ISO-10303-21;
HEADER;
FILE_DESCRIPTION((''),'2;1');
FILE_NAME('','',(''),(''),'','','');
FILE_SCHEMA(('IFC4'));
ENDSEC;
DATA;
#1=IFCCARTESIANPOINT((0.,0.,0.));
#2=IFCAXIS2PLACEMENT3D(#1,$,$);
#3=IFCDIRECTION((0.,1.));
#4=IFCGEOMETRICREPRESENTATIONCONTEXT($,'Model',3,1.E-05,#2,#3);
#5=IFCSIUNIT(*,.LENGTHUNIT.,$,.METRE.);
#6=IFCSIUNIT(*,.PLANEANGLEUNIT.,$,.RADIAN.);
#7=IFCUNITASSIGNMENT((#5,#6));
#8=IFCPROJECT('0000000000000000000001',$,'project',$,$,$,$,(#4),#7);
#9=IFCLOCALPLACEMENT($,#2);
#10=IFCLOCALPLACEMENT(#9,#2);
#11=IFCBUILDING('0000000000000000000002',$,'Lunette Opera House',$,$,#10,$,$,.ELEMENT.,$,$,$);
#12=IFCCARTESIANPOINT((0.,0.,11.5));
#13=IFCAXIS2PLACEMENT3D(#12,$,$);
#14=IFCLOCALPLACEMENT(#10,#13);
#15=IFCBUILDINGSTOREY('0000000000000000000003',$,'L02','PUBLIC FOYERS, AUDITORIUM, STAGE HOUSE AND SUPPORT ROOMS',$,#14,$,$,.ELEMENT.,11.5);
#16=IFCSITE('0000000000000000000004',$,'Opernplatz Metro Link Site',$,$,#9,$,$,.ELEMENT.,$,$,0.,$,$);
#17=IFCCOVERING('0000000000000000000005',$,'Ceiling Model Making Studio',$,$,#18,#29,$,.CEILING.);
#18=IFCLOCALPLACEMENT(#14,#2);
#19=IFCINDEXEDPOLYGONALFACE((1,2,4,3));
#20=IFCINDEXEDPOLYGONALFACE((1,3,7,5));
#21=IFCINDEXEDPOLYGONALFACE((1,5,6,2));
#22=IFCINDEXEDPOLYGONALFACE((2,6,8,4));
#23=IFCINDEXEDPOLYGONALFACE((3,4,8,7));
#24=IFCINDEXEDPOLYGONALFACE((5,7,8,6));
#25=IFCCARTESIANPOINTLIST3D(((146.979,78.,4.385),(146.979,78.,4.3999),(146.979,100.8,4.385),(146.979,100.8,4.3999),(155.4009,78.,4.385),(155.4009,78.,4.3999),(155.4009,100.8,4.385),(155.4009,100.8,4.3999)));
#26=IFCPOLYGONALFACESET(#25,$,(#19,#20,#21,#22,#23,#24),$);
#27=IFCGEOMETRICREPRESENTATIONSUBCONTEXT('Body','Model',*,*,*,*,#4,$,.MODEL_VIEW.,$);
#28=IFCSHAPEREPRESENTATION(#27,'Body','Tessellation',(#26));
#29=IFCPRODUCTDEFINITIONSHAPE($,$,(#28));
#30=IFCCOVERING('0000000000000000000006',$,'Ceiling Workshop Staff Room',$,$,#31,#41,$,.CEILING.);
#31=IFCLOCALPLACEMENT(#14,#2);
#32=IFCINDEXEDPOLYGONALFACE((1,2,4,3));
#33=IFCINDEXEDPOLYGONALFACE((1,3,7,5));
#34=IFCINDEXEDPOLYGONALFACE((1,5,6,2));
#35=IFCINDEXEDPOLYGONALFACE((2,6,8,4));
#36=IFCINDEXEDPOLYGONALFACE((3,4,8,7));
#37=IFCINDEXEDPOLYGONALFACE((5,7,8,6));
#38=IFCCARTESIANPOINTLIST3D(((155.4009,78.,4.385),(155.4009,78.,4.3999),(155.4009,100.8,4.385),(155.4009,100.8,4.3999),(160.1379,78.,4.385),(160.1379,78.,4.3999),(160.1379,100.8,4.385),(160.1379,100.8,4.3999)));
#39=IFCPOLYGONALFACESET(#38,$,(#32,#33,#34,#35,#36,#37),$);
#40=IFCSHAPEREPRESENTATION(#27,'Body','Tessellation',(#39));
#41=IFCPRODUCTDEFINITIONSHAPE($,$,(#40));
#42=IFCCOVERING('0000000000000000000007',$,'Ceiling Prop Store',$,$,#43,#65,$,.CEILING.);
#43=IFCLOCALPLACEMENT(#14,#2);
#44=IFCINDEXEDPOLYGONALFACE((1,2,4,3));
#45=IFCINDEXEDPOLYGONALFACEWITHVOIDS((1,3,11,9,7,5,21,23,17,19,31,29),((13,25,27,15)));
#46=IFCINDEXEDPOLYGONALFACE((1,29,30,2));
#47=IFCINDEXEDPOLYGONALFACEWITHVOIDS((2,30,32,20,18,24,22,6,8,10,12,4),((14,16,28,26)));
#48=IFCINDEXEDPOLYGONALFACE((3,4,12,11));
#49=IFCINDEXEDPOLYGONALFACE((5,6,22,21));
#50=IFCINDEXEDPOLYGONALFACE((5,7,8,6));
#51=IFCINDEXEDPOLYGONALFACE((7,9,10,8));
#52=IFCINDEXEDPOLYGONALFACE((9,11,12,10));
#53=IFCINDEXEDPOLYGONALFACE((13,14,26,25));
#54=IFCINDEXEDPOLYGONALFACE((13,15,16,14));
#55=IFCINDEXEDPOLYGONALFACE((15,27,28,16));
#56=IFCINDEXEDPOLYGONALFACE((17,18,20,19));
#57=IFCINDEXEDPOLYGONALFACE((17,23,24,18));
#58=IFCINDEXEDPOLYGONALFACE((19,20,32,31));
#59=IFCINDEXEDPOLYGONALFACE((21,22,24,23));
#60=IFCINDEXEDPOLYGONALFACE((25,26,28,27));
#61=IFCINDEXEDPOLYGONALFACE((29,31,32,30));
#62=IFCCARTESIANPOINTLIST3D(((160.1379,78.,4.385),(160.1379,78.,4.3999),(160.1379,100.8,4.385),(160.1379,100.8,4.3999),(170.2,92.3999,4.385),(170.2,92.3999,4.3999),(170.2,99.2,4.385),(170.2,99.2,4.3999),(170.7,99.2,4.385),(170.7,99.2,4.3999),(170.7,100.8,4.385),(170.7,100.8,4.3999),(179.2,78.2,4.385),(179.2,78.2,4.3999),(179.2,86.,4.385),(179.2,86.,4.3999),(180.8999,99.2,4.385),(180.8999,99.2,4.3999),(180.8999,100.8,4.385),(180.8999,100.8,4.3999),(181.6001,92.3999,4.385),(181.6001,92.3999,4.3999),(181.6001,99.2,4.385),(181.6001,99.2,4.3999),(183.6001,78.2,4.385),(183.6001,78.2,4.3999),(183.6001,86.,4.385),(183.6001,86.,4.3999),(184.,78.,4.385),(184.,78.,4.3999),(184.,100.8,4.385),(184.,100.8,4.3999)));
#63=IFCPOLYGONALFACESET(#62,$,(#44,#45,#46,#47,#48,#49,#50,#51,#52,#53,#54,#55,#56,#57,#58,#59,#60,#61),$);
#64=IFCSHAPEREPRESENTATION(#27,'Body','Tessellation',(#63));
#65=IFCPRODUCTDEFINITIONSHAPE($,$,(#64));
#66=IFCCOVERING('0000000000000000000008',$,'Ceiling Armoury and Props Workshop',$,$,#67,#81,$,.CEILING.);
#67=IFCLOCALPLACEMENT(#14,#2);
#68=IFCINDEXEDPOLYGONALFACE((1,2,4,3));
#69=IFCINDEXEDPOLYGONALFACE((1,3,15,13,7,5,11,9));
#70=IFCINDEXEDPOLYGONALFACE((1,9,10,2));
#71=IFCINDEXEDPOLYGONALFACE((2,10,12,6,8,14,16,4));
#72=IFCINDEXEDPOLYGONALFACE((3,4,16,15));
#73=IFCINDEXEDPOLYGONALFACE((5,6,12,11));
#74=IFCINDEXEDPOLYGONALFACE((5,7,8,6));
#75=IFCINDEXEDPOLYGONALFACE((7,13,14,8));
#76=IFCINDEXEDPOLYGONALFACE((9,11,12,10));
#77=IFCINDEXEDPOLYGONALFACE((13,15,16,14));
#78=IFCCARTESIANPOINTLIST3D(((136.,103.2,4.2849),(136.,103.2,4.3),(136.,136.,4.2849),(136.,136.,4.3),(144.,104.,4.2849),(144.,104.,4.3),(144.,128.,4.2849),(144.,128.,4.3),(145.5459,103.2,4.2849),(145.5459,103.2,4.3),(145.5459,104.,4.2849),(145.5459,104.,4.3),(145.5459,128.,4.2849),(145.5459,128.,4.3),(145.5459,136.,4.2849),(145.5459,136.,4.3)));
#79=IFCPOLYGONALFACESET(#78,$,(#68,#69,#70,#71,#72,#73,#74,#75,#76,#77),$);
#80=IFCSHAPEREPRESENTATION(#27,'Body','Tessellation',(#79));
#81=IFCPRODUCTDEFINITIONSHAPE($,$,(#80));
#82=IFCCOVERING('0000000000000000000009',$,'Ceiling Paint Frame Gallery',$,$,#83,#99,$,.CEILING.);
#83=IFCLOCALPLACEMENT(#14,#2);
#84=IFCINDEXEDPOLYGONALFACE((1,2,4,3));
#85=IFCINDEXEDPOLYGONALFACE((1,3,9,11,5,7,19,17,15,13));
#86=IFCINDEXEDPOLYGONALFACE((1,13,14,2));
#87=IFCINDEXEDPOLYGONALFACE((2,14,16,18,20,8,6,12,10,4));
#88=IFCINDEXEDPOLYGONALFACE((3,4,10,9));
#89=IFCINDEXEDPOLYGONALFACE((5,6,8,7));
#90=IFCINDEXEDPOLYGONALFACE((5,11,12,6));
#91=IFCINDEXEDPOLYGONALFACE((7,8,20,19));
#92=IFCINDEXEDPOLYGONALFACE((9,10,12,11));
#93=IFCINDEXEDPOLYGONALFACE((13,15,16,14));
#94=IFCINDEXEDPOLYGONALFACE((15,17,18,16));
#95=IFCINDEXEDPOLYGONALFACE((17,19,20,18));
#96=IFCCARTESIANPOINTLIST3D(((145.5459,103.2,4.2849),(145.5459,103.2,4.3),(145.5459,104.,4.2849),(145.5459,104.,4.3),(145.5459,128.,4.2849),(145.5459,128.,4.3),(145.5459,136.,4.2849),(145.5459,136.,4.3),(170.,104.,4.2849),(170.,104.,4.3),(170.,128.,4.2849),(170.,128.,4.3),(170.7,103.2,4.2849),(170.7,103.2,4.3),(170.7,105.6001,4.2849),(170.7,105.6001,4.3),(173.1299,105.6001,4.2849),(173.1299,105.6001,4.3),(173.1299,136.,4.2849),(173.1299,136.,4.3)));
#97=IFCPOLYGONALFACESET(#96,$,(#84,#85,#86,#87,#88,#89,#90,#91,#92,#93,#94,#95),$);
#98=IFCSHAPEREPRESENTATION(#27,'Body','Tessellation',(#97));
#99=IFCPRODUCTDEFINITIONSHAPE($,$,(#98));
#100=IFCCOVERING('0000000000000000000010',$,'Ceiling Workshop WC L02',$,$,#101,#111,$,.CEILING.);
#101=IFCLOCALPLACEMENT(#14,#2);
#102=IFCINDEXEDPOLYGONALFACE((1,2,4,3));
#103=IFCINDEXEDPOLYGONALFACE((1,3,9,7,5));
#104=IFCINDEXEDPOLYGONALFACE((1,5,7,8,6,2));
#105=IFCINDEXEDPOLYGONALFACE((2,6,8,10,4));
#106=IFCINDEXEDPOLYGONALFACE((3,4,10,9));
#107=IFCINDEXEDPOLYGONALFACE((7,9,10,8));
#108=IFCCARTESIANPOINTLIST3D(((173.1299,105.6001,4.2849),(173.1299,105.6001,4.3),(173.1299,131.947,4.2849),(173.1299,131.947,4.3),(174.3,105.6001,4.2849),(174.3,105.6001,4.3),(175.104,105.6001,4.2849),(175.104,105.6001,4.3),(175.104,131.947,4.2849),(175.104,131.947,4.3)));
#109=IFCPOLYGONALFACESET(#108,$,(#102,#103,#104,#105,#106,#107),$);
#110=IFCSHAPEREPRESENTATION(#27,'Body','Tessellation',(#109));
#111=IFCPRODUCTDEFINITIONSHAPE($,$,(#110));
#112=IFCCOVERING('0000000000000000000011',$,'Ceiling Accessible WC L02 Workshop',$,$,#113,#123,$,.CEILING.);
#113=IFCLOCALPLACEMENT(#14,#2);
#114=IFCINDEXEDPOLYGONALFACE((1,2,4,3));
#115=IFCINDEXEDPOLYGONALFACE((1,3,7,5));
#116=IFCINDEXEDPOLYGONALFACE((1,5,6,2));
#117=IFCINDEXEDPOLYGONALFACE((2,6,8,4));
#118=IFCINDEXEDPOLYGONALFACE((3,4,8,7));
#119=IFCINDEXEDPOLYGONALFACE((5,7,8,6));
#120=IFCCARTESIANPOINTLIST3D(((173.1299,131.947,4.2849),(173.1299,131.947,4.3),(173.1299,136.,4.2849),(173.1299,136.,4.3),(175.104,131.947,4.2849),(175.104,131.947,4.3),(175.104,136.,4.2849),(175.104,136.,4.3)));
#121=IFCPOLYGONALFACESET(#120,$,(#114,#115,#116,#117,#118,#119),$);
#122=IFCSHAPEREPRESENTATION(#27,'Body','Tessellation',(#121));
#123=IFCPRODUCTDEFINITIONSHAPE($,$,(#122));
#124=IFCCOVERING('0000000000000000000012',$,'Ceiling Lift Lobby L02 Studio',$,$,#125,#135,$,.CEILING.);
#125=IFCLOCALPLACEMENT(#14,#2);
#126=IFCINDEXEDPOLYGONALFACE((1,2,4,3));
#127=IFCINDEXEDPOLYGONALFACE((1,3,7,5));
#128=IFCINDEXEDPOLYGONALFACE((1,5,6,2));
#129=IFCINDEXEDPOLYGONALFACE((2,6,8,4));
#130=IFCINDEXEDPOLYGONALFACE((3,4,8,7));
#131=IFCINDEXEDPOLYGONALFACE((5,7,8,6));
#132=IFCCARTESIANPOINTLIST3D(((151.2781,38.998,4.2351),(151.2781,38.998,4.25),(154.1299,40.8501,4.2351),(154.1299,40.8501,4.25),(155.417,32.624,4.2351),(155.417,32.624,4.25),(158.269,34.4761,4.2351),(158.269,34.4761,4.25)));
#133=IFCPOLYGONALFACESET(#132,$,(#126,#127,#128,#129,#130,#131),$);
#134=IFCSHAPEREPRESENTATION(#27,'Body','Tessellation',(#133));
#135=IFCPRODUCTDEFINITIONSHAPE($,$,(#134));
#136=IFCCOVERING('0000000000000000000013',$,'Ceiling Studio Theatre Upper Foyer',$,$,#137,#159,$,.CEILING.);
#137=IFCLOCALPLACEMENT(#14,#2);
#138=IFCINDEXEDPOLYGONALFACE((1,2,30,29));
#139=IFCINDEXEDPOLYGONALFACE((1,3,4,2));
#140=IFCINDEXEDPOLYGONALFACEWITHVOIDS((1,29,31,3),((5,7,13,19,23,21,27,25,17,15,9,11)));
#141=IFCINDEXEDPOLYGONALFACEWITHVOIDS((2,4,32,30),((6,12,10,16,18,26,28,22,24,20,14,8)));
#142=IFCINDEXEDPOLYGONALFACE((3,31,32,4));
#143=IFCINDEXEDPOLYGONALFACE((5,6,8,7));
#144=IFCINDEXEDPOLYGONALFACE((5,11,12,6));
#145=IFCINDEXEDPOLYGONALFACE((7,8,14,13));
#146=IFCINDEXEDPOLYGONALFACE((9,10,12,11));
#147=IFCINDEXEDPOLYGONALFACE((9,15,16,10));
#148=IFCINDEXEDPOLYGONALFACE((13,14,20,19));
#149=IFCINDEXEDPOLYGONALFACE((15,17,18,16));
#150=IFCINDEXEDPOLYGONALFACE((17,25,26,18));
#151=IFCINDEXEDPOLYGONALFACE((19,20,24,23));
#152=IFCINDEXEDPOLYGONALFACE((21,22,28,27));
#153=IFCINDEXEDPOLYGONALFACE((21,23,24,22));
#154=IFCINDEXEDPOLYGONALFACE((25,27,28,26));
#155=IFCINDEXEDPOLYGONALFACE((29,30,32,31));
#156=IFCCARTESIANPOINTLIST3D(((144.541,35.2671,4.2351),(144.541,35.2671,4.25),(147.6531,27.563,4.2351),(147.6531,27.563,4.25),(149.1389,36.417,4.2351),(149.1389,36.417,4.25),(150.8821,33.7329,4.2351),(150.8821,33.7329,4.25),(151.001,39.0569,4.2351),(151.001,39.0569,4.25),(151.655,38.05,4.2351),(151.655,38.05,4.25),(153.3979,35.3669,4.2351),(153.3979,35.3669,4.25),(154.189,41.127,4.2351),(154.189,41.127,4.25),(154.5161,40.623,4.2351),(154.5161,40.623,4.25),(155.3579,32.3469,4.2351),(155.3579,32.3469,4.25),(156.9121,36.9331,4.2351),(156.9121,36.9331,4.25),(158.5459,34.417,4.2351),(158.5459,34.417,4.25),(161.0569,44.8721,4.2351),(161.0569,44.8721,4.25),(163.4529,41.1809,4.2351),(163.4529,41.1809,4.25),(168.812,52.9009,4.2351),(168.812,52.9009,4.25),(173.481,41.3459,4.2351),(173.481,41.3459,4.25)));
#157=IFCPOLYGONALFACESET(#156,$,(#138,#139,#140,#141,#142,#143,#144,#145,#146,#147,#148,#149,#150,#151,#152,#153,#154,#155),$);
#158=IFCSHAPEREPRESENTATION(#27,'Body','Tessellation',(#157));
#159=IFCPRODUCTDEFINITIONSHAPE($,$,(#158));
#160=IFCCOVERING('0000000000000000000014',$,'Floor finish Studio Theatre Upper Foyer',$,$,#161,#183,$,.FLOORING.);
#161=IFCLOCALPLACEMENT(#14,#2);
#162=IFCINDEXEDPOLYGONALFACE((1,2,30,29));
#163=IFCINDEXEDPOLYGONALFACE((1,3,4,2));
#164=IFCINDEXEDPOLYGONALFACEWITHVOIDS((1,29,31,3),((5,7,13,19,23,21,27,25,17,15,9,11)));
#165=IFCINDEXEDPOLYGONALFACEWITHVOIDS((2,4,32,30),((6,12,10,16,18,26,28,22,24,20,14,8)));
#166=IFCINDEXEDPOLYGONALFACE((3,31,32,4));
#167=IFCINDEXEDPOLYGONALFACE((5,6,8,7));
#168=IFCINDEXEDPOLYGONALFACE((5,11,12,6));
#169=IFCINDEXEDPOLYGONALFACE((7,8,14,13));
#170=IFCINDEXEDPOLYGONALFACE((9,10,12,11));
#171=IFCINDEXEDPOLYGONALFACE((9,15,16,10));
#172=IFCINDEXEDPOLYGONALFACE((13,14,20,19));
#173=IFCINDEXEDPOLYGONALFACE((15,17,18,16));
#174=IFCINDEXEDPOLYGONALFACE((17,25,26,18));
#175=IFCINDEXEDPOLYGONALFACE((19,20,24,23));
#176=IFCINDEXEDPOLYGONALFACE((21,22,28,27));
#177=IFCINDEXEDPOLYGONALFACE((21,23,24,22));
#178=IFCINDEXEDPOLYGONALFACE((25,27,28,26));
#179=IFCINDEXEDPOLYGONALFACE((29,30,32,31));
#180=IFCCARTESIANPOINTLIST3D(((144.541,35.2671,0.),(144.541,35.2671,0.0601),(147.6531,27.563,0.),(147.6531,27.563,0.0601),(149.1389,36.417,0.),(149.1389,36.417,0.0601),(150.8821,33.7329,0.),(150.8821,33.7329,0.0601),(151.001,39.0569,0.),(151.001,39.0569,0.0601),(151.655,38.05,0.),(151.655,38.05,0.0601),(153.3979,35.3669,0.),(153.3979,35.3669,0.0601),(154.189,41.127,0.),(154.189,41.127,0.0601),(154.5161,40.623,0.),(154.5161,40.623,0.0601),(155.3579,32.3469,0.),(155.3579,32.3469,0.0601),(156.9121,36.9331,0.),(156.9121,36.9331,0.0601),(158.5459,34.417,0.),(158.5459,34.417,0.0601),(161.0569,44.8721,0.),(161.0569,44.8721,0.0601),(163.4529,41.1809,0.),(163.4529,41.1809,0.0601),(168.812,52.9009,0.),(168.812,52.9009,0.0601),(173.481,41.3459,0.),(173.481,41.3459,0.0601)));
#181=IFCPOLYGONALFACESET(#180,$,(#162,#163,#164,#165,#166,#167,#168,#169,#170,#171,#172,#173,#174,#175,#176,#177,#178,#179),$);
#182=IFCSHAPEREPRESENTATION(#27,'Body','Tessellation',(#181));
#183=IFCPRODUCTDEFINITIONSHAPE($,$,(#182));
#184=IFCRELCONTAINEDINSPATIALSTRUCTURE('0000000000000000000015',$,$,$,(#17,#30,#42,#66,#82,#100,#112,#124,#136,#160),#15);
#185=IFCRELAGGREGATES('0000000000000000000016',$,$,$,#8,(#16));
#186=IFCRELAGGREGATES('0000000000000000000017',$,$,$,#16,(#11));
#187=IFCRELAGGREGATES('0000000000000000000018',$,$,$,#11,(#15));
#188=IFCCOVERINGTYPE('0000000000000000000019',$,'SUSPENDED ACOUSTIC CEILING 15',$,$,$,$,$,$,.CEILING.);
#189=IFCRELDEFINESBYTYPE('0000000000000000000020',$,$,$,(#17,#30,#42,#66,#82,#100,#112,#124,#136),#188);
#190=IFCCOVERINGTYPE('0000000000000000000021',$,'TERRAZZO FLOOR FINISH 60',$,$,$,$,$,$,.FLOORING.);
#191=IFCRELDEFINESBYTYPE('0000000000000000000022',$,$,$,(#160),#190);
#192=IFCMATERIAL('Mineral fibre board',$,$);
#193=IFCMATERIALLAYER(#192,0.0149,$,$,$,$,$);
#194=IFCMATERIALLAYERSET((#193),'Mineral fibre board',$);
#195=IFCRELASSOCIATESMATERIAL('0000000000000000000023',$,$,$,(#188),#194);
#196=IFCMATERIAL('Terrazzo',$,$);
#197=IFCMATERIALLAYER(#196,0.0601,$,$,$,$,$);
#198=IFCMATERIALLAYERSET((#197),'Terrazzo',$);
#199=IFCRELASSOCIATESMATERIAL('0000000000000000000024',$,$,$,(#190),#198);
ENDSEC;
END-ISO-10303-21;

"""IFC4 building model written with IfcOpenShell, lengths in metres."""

from ifc_helpers import new_model, si_unit, direction, frame, origin, place, context, subcontext, project, spatial, polyline, outline, extrude, material, layer, layer_set, type_object, element, save


model = new_model("IFC4")

# Units and contexts
model_context = context("Model", 3, precision=1e-05, world=origin(), true_north=direction((0.0, 1.0)))
body_context = subcontext(model_context, "Body", "Model", "MODEL_VIEW")
ifc_project = project(units=[si_unit("LENGTHUNIT", "METRE"), si_unit("PLANEANGLEUNIT", "RADIAN")], contexts=[model_context])

# Site, building, storey
site_placement = place(None, origin())
site = spatial("IfcSite", under=ifc_project, at=site_placement, Name="Opernplatz Metro Link Site", CompositionType="ELEMENT", RefElevation=0.0)
building_placement = place(site_placement, origin())
building = spatial("IfcBuilding", under=site, at=building_placement, Name="Lunette Opera House", CompositionType="ELEMENT")
storey_placement = place(building_placement, frame((0.0, 0.0, 11.5)))
storey = spatial("IfcBuildingStorey", under=building, at=storey_placement, Name="L02", Description="PUBLIC FOYERS, AUDITORIUM, STAGE HOUSE AND SUPPORT ROOMS", CompositionType="ELEMENT", Elevation=11.5)

# Coverings
ifc_material_1 = material(Name="Mineral fibre board")
ifc_layer_1 = layer(ifc_material_1, 0.0149)
ifc_layer_set_1 = layer_set([ifc_layer_1], Name="Mineral fibre board")
covering_type_1 = type_object("IfcCoveringType", Name="SUSPENDED ACOUSTIC CEILING 15", PredefinedType="CEILING", material=ifc_layer_set_1)
covering_1_placement = place(storey_placement, frame((0.0, 0.0, 4.385)))
element("IfcCovering", 1, at=covering_1_placement, inside=storey, type_object=covering_type_1, Name="Ceiling Model Making Studio", PredefinedType="CEILING", context=body_context, shape_type="SweptSolid", body=[
    extrude(outline(polyline([(146.979, 78.0), (146.979, 100.8), (155.4009, 100.8), (155.4009, 78.0), (146.979, 78.0)])), origin(), (0.0, 0.0, 1.0), 0.0149),
])
covering_2_placement = place(storey_placement, frame((0.0, 0.0, 4.385)))
element("IfcCovering", 2, at=covering_2_placement, inside=storey, type_object=covering_type_1, Name="Ceiling Workshop Staff Room", PredefinedType="CEILING", context=body_context, shape_type="SweptSolid", body=[
    extrude(outline(polyline([(155.4009, 78.0), (155.4009, 100.8), (160.1379, 100.8), (160.1379, 78.0), (155.4009, 78.0)])), origin(), (0.0, 0.0, 1.0), 0.0149),
])
covering_3_placement = place(storey_placement, frame((0.0, 0.0, 4.385)))
element("IfcCovering", 3, at=covering_3_placement, inside=storey, type_object=covering_type_1, Name="Ceiling Prop Store", PredefinedType="CEILING", context=body_context, shape_type="SweptSolid", body=[
    extrude(outline(polyline([(170.2, 99.2), (170.2, 92.3999), (181.6001, 92.3999), (181.6001, 99.2), (180.8999, 99.2), (180.8999, 100.8), (184.0, 100.8), (184.0, 78.0), (160.1379, 78.0), (160.1379, 100.8), (170.7, 100.8), (170.7, 99.2), (170.2, 99.2)]), holes=[polyline([(183.6001, 78.2), (183.6001, 86.0), (179.2, 86.0), (179.2, 78.2), (183.6001, 78.2)])]), origin(), (0.0, 0.0, 1.0), 0.0149),
])
covering_4_placement = place(storey_placement, frame((0.0, 0.0, 4.2849)))
element("IfcCovering", 4, at=covering_4_placement, inside=storey, type_object=covering_type_1, Name="Ceiling Armoury and Props Workshop", PredefinedType="CEILING", context=body_context, shape_type="SweptSolid", body=[
    extrude(outline(polyline([(136.0, 103.2), (136.0, 136.0), (145.5459, 136.0), (145.5459, 128.0), (144.0, 128.0), (144.0, 104.0), (145.5459, 104.0), (145.5459, 103.2), (136.0, 103.2)])), origin(), (0.0, 0.0, 1.0), 0.0151),
])
covering_5_placement = place(storey_placement, frame((0.0, 0.0, 4.2849)))
element("IfcCovering", 5, at=covering_5_placement, inside=storey, type_object=covering_type_1, Name="Ceiling Paint Frame Gallery", PredefinedType="CEILING", context=body_context, shape_type="SweptSolid", body=[
    extrude(outline(polyline([(170.7, 105.6001), (170.7, 103.2), (145.5459, 103.2), (145.5459, 104.0), (170.0, 104.0), (170.0, 128.0), (145.5459, 128.0), (145.5459, 136.0), (173.1299, 136.0), (173.1299, 105.6001), (170.7, 105.6001)])), origin(), (0.0, 0.0, 1.0), 0.0151),
])
covering_6_placement = place(storey_placement, frame((0.0, 0.0, 4.2849)))
element("IfcCovering", 6, at=covering_6_placement, inside=storey, type_object=covering_type_1, Name="Ceiling Workshop WC L02", PredefinedType="CEILING", context=body_context, shape_type="SweptSolid", body=[
    extrude(outline(polyline([(173.1299, 105.6001), (173.1299, 131.947), (175.104, 131.947), (175.104, 105.6001), (174.3, 105.6001), (173.1299, 105.6001)])), origin(), (0.0, 0.0, 1.0), 0.0151),
])
covering_7_placement = place(storey_placement, frame((0.0, 0.0, 4.2849)))
element("IfcCovering", 7, at=covering_7_placement, inside=storey, type_object=covering_type_1, Name="Ceiling Accessible WC L02 Workshop", PredefinedType="CEILING", context=body_context, shape_type="SweptSolid", body=[
    extrude(outline(polyline([(173.1299, 136.0), (175.104, 136.0), (175.104, 131.947), (173.1299, 131.947), (173.1299, 136.0)])), origin(), (0.0, 0.0, 1.0), 0.0151),
])
covering_8_placement = place(storey_placement, frame((0.0, 0.0, 4.2351)))
element("IfcCovering", 8, at=covering_8_placement, inside=storey, type_object=covering_type_1, Name="Ceiling Lift Lobby L02 Studio", PredefinedType="CEILING", context=body_context, shape_type="SweptSolid", body=[
    extrude(outline(polyline([(151.2781, 38.998), (155.417, 32.624), (158.269, 34.4761), (154.1299, 40.8501), (151.2781, 38.998)])), origin(), (0.0, 0.0, 1.0), 0.0149),
])
covering_9_placement = place(storey_placement, frame((0.0, 0.0, 4.2351)))
element("IfcCovering", 9, at=covering_9_placement, inside=storey, type_object=covering_type_1, Name="Ceiling Studio Theatre Upper Foyer", PredefinedType="CEILING", context=body_context, shape_type="SweptSolid", body=[
    extrude(outline(polyline([(168.812, 52.9009), (173.481, 41.3459), (147.6531, 27.563), (144.541, 35.2671), (168.812, 52.9009)]), holes=[polyline([(153.3979, 35.3669), (155.3579, 32.3469), (158.5459, 34.417), (156.9121, 36.9331), (163.4529, 41.1809), (161.0569, 44.8721), (154.5161, 40.623), (154.189, 41.127), (151.001, 39.0569), (151.655, 38.05), (149.1389, 36.417), (150.8821, 33.7329), (153.3979, 35.3669)])]), origin(), (0.0, 0.0, 1.0), 0.0149),
])
ifc_material_2 = material(Name="Terrazzo")
ifc_layer_2 = layer(ifc_material_2, 0.0601)
ifc_layer_set_2 = layer_set([ifc_layer_2], Name="Terrazzo")
covering_type_2 = type_object("IfcCoveringType", Name="TERRAZZO FLOOR FINISH 60", PredefinedType="FLOORING", material=ifc_layer_set_2)
covering_10_placement = place(storey_placement, origin())
element("IfcCovering", 10, at=covering_10_placement, inside=storey, type_object=covering_type_2, Name="Floor finish Studio Theatre Upper Foyer", PredefinedType="FLOORING", context=body_context, shape_type="SweptSolid", body=[
    extrude(outline(polyline([(168.812, 52.9009), (173.481, 41.3459), (147.6531, 27.563), (144.541, 35.2671), (168.812, 52.9009)]), holes=[polyline([(153.3979, 35.3669), (155.3579, 32.3469), (158.5459, 34.417), (156.9121, 36.9331), (163.4529, 41.1809), (161.0569, 44.8721), (154.5161, 40.623), (154.189, 41.127), (151.001, 39.0569), (151.655, 38.05), (149.1389, 36.417), (150.8821, 33.7329), (153.3979, 35.3669)])]), origin(), (0.0, 0.0, 1.0), 0.0601),
])

save(model, "model.ifc")
